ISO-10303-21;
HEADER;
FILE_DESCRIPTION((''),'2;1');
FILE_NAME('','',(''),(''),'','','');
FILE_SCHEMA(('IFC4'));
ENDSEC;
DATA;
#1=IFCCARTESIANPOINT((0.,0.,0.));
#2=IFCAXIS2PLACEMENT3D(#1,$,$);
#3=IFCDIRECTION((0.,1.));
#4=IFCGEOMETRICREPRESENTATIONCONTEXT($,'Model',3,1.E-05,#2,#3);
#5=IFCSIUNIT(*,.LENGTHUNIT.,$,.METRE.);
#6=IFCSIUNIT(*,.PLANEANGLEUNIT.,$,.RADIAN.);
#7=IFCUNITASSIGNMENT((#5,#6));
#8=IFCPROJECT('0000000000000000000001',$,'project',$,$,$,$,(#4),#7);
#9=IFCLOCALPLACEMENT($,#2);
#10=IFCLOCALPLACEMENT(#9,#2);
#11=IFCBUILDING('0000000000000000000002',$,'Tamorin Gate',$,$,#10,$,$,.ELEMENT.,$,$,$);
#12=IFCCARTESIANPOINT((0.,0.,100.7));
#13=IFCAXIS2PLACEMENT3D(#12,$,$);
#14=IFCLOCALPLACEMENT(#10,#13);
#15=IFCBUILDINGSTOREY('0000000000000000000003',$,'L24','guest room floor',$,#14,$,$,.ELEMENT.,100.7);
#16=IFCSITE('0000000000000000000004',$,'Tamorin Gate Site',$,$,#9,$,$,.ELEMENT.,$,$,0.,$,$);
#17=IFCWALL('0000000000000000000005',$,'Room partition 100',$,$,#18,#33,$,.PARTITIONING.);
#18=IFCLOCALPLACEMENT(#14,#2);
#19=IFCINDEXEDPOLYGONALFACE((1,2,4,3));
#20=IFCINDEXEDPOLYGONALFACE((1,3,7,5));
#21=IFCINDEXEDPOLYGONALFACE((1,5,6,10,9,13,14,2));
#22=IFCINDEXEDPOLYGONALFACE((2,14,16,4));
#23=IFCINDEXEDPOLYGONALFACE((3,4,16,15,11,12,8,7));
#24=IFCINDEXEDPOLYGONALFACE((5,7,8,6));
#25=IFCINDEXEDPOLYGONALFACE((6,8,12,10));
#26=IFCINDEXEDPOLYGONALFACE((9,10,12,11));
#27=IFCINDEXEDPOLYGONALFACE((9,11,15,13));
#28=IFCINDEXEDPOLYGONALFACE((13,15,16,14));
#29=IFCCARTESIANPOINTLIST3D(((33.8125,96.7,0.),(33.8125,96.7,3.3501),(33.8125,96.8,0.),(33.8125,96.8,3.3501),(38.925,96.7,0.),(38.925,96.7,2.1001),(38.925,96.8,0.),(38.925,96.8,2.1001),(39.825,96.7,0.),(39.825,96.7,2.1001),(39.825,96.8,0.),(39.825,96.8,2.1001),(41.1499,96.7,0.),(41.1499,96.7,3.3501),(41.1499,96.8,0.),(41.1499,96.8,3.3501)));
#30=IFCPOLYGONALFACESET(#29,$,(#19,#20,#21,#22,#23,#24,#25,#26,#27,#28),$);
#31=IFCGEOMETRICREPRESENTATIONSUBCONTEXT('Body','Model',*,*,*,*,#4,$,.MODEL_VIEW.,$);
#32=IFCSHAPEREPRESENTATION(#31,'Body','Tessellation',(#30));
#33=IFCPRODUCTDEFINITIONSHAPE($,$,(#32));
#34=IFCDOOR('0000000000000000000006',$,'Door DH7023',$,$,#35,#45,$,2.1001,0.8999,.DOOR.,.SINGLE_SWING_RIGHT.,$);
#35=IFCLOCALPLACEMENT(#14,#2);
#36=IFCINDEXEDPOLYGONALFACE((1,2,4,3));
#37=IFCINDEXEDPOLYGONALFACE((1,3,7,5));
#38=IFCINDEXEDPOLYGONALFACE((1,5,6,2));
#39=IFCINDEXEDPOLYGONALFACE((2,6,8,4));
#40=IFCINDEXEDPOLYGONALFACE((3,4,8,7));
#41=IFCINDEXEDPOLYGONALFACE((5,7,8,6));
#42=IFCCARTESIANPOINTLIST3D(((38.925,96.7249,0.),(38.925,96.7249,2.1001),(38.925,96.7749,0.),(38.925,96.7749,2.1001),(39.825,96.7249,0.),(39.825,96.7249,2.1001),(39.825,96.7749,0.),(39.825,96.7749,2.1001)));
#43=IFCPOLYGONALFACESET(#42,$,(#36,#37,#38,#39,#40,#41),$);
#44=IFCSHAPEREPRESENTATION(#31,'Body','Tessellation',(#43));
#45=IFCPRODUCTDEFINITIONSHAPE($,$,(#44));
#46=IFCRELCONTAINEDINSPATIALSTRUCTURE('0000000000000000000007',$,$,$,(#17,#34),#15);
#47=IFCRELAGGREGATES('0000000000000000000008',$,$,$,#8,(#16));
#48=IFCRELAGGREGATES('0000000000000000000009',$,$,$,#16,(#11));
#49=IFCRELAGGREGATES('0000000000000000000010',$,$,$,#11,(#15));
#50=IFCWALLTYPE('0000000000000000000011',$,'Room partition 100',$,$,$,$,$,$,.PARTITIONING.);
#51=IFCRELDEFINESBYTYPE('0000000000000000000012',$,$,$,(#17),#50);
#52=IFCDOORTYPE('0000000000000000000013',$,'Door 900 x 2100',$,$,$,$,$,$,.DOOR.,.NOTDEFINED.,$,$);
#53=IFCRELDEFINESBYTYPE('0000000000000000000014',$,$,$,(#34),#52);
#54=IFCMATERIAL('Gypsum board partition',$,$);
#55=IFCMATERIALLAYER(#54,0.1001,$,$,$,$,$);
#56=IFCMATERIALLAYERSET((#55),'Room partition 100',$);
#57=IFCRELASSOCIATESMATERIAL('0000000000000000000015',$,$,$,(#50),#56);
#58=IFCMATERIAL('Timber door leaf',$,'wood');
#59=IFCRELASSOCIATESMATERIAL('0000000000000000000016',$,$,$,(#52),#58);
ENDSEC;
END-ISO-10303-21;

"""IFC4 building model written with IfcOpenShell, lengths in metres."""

from ifc_helpers import new_model, si_unit, direction, frame, frame_2d, origin, place, context, subcontext, project, spatial, rectangle, extrude, material, layer, layer_set, type_object, element, fill, save


model = new_model("IFC4")

# Units and contexts
model_context = context("Model", 3, precision=1e-05, world=origin(), true_north=direction((0.0, 1.0)))
body_context = subcontext(model_context, "Body", "Model", "MODEL_VIEW")
ifc_project = project(units=[si_unit("LENGTHUNIT", "METRE"), si_unit("PLANEANGLEUNIT", "RADIAN")], contexts=[model_context])

# Site, building, storey
site_placement = place(None, origin())
site = spatial("IfcSite", under=ifc_project, at=site_placement, Name="Tamorin Gate Site", CompositionType="ELEMENT", RefElevation=0.0)
building_placement = place(site_placement, origin())
building = spatial("IfcBuilding", under=site, at=building_placement, Name="Tamorin Gate", CompositionType="ELEMENT")
storey_placement = place(building_placement, frame((0.0, 0.0, 100.7)))
storey = spatial("IfcBuildingStorey", under=building, at=storey_placement, Name="L24", Description="guest room floor", CompositionType="ELEMENT", Elevation=100.7)

# Wall, opening, door
ifc_material_1 = material(Name="Gypsum board partition")
ifc_layer_1 = layer(ifc_material_1, 0.1001)
ifc_layer_set_1 = layer_set([ifc_layer_1], Name="Room partition 100")
wall_type_1 = type_object("IfcWallType", Name="Room partition 100", PredefinedType="PARTITIONING", material=ifc_layer_set_1)
wall_1_placement = place(storey_placement, frame((33.8125, 96.75, 0.0), z_axis=(0.0, 0.0, 1.0), x_axis=(1.0, 0.0, 0.0)))
wall_1 = element("IfcWall", 1, at=wall_1_placement, inside=storey, type_object=wall_type_1, Name="Room partition 100", PredefinedType="PARTITIONING", context=body_context, shape_type="SweptSolid", body=[
    extrude(rectangle(XDim=7.3374, YDim=0.1001, at=frame_2d((3.6687, 0.0))), origin(), (0.0, 0.0, 1.0), 3.3501),
])
opening_1_placement = place(wall_1_placement, frame((5.1125, 0.0, 0.0)))
opening_1 = element("IfcOpeningElement", 2, at=opening_1_placement, cuts=wall_1, PredefinedType="OPENING", context=body_context, shape_type="SweptSolid", body=[
    extrude(rectangle(XDim=0.8999, YDim=2.1001, at=frame_2d((0.45, 1.05))), frame((0.0, 0.0601, 0.0), z_axis=(0.0, -1.0, 0.0), x_axis=(1.0, 0.0, 0.0)), (0.0, 0.0, 1.0), 0.1201),
])
ifc_material_2 = material(Name="Timber door leaf", Category="wood")
door_type = type_object("IfcDoorType", Name="Door 900 x 2100", OperationType="NOTDEFINED", PredefinedType="DOOR", material=ifc_material_2)
door_placement = place(opening_1_placement, origin())
door = element("IfcDoor", 3, at=door_placement, inside=storey, type_object=door_type, Name="Door DH7023", OperationType="SINGLE_SWING_RIGHT", OverallHeight=2.1001, OverallWidth=0.8999, PredefinedType="DOOR", context=body_context, shape_type="SweptSolid", body=[
    extrude(rectangle(XDim=0.8999, YDim=2.1001, at=frame_2d((0.45, 1.05))), frame((0.0, 0.0249, 0.0), z_axis=(0.0, -1.0, 0.0), x_axis=(1.0, 0.0, 0.0)), (0.0, 0.0, 1.0), 0.05),
])
fill(opening_1, door)

save(model, "model.ifc")
